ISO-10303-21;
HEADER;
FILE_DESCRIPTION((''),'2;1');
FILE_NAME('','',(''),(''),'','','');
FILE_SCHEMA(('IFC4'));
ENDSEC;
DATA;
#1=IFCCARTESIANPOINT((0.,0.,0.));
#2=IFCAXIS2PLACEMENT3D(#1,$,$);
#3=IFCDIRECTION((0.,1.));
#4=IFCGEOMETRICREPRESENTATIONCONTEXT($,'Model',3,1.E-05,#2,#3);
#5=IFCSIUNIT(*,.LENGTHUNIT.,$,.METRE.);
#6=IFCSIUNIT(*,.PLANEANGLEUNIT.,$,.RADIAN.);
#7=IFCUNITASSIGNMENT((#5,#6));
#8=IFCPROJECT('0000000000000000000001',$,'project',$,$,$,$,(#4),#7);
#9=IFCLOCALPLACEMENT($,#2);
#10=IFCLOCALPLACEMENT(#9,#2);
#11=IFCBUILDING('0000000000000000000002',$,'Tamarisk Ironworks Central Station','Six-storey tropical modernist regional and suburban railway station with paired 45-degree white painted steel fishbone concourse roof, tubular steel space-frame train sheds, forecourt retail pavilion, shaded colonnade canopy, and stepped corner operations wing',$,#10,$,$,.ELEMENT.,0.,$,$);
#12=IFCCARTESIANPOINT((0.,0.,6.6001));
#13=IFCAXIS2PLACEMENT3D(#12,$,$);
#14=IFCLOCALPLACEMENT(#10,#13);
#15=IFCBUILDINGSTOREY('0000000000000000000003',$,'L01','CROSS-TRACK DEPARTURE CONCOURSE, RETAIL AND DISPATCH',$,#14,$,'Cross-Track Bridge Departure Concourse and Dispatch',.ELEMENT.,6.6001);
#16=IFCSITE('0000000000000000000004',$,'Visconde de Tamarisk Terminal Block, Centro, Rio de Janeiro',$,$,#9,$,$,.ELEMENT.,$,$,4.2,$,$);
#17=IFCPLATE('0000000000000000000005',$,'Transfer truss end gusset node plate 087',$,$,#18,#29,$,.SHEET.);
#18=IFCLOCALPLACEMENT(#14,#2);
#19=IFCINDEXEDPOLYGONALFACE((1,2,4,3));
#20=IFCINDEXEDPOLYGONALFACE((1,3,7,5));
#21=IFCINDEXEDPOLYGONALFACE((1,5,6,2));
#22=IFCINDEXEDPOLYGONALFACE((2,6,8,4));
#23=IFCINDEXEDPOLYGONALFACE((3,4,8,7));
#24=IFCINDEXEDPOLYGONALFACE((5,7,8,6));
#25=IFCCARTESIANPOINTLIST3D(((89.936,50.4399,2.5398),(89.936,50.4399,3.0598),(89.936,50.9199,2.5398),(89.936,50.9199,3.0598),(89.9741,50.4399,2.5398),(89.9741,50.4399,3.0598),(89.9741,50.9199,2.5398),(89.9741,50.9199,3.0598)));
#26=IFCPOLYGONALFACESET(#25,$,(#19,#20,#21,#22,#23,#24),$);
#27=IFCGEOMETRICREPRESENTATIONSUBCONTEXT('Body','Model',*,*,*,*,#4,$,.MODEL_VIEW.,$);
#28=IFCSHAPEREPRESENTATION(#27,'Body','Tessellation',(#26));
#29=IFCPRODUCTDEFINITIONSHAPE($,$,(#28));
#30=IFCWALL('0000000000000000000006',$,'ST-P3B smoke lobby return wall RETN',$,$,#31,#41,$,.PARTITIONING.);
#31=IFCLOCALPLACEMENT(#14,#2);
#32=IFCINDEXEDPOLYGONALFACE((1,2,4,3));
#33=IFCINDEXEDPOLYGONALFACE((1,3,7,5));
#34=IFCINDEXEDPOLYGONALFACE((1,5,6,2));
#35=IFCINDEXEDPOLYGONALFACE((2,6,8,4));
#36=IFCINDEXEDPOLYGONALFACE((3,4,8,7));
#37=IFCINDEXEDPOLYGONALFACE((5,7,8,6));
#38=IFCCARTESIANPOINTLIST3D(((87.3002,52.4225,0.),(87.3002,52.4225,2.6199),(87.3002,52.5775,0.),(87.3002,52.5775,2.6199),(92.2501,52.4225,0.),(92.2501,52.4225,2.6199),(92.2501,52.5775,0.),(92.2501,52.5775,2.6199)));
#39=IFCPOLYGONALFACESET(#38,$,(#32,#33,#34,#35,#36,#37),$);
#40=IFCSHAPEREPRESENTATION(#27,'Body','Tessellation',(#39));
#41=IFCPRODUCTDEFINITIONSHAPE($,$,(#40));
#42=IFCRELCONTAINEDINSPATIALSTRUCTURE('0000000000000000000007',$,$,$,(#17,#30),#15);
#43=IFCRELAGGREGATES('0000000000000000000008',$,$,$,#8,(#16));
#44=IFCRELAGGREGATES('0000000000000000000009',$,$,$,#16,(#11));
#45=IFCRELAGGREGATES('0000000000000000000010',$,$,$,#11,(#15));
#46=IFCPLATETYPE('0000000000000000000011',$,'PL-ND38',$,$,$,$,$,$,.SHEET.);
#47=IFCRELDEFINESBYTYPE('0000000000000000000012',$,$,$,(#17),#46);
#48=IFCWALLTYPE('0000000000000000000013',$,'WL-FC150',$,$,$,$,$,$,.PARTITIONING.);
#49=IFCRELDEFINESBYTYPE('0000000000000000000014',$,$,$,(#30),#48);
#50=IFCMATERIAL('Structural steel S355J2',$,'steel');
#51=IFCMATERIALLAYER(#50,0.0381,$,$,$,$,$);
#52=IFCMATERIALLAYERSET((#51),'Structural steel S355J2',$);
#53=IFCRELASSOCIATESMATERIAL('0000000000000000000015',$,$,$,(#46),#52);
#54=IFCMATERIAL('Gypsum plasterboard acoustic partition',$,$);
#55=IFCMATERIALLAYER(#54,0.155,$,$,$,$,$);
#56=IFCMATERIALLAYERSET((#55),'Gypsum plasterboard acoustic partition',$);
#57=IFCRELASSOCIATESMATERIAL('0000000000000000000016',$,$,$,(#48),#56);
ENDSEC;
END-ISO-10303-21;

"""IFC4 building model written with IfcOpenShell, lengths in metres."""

from ifc_helpers import new_model, si_unit, direction, frame, frame_2d, origin, origin_2d, place, context, subcontext, project, spatial, rectangle, extrude, material, layer, layer_set, type_object, element, save


model = new_model("IFC4")

# Units and contexts
model_context = context("Model", 3, precision=1e-05, world=origin(), true_north=direction((0.0, 1.0)))
body_context = subcontext(model_context, "Body", "Model", "MODEL_VIEW")
ifc_project = project(units=[si_unit("LENGTHUNIT", "METRE"), si_unit("PLANEANGLEUNIT", "RADIAN")], contexts=[model_context])

# Site, building, storey
site_placement = place(None, origin())
site = spatial("IfcSite", under=ifc_project, at=site_placement, Name="Visconde de Tamarisk Terminal Block, Centro, Rio de Janeiro", CompositionType="ELEMENT", RefElevation=4.2)
building_placement = place(site_placement, origin())
building = spatial("IfcBuilding", under=site, at=building_placement, Name="Tamarisk Ironworks Central Station", Description="Six-storey tropical modernist regional and suburban railway station with paired 45-degree white painted steel fishbone concourse roof, tubular steel space-frame train sheds, forecourt retail pavilion, shaded colonnade canopy, and stepped corner operations wing", CompositionType="ELEMENT", ElevationOfRefHeight=0.0)
storey_placement = place(building_placement, frame((0.0, 0.0, 6.6001)))
storey = spatial("IfcBuildingStorey", under=building, at=storey_placement, Name="L01", Description="CROSS-TRACK DEPARTURE CONCOURSE, RETAIL AND DISPATCH", LongName="Cross-Track Bridge Departure Concourse and Dispatch", CompositionType="ELEMENT", Elevation=6.6001)

# Shared definitions
ifc_material_1 = material(Name="Structural steel S355J2", Category="steel")

# Plate
ifc_layer_1 = layer(ifc_material_1, 0.0381)
ifc_layer_set_1 = layer_set([ifc_layer_1], Name="Structural steel S355J2")
plate_type_1 = type_object("IfcPlateType", Name="PL-ND38", PredefinedType="SHEET", material=ifc_layer_set_1)
plate_placement = place(storey_placement, frame((89.9551, 50.6799, 2.5398), z_axis=(0.0, 0.0, 1.0), x_axis=(1.0, 0.0, 0.0)))
element("IfcPlate", 1, at=plate_placement, inside=storey, type_object=plate_type_1, Name="Transfer truss end gusset node plate 087", PredefinedType="SHEET", context=body_context, shape_type="SweptSolid", body=[
    extrude(rectangle(XDim=0.0381, YDim=0.48, at=origin_2d()), origin(), (0.0, 0.0, 1.0), 0.52),
])

# Wall
ifc_material_2 = material(Name="Gypsum plasterboard acoustic partition")
ifc_layer_2 = layer(ifc_material_2, 0.155)
ifc_layer_set_2 = layer_set([ifc_layer_2], Name="Gypsum plasterboard acoustic partition")
wall_type = type_object("IfcWallType", Name="WL-FC150", PredefinedType="PARTITIONING", material=ifc_layer_set_2)
wall_placement = place(storey_placement, frame((87.3, 52.5, 0.0), z_axis=(0.0, 0.0, 1.0), x_axis=(1.0, 0.0, 0.0)))
element("IfcWall", 2, at=wall_placement, inside=storey, type_object=wall_type, Name="ST-P3B smoke lobby return wall RETN", PredefinedType="PARTITIONING", context=body_context, shape_type="SweptSolid", body=[
    extrude(rectangle(XDim=4.95, YDim=0.155, at=frame_2d((2.4751, 0.0))), origin(), (0.0, 0.0, 1.0), 2.6199),
])

save(model, "model.ifc")
